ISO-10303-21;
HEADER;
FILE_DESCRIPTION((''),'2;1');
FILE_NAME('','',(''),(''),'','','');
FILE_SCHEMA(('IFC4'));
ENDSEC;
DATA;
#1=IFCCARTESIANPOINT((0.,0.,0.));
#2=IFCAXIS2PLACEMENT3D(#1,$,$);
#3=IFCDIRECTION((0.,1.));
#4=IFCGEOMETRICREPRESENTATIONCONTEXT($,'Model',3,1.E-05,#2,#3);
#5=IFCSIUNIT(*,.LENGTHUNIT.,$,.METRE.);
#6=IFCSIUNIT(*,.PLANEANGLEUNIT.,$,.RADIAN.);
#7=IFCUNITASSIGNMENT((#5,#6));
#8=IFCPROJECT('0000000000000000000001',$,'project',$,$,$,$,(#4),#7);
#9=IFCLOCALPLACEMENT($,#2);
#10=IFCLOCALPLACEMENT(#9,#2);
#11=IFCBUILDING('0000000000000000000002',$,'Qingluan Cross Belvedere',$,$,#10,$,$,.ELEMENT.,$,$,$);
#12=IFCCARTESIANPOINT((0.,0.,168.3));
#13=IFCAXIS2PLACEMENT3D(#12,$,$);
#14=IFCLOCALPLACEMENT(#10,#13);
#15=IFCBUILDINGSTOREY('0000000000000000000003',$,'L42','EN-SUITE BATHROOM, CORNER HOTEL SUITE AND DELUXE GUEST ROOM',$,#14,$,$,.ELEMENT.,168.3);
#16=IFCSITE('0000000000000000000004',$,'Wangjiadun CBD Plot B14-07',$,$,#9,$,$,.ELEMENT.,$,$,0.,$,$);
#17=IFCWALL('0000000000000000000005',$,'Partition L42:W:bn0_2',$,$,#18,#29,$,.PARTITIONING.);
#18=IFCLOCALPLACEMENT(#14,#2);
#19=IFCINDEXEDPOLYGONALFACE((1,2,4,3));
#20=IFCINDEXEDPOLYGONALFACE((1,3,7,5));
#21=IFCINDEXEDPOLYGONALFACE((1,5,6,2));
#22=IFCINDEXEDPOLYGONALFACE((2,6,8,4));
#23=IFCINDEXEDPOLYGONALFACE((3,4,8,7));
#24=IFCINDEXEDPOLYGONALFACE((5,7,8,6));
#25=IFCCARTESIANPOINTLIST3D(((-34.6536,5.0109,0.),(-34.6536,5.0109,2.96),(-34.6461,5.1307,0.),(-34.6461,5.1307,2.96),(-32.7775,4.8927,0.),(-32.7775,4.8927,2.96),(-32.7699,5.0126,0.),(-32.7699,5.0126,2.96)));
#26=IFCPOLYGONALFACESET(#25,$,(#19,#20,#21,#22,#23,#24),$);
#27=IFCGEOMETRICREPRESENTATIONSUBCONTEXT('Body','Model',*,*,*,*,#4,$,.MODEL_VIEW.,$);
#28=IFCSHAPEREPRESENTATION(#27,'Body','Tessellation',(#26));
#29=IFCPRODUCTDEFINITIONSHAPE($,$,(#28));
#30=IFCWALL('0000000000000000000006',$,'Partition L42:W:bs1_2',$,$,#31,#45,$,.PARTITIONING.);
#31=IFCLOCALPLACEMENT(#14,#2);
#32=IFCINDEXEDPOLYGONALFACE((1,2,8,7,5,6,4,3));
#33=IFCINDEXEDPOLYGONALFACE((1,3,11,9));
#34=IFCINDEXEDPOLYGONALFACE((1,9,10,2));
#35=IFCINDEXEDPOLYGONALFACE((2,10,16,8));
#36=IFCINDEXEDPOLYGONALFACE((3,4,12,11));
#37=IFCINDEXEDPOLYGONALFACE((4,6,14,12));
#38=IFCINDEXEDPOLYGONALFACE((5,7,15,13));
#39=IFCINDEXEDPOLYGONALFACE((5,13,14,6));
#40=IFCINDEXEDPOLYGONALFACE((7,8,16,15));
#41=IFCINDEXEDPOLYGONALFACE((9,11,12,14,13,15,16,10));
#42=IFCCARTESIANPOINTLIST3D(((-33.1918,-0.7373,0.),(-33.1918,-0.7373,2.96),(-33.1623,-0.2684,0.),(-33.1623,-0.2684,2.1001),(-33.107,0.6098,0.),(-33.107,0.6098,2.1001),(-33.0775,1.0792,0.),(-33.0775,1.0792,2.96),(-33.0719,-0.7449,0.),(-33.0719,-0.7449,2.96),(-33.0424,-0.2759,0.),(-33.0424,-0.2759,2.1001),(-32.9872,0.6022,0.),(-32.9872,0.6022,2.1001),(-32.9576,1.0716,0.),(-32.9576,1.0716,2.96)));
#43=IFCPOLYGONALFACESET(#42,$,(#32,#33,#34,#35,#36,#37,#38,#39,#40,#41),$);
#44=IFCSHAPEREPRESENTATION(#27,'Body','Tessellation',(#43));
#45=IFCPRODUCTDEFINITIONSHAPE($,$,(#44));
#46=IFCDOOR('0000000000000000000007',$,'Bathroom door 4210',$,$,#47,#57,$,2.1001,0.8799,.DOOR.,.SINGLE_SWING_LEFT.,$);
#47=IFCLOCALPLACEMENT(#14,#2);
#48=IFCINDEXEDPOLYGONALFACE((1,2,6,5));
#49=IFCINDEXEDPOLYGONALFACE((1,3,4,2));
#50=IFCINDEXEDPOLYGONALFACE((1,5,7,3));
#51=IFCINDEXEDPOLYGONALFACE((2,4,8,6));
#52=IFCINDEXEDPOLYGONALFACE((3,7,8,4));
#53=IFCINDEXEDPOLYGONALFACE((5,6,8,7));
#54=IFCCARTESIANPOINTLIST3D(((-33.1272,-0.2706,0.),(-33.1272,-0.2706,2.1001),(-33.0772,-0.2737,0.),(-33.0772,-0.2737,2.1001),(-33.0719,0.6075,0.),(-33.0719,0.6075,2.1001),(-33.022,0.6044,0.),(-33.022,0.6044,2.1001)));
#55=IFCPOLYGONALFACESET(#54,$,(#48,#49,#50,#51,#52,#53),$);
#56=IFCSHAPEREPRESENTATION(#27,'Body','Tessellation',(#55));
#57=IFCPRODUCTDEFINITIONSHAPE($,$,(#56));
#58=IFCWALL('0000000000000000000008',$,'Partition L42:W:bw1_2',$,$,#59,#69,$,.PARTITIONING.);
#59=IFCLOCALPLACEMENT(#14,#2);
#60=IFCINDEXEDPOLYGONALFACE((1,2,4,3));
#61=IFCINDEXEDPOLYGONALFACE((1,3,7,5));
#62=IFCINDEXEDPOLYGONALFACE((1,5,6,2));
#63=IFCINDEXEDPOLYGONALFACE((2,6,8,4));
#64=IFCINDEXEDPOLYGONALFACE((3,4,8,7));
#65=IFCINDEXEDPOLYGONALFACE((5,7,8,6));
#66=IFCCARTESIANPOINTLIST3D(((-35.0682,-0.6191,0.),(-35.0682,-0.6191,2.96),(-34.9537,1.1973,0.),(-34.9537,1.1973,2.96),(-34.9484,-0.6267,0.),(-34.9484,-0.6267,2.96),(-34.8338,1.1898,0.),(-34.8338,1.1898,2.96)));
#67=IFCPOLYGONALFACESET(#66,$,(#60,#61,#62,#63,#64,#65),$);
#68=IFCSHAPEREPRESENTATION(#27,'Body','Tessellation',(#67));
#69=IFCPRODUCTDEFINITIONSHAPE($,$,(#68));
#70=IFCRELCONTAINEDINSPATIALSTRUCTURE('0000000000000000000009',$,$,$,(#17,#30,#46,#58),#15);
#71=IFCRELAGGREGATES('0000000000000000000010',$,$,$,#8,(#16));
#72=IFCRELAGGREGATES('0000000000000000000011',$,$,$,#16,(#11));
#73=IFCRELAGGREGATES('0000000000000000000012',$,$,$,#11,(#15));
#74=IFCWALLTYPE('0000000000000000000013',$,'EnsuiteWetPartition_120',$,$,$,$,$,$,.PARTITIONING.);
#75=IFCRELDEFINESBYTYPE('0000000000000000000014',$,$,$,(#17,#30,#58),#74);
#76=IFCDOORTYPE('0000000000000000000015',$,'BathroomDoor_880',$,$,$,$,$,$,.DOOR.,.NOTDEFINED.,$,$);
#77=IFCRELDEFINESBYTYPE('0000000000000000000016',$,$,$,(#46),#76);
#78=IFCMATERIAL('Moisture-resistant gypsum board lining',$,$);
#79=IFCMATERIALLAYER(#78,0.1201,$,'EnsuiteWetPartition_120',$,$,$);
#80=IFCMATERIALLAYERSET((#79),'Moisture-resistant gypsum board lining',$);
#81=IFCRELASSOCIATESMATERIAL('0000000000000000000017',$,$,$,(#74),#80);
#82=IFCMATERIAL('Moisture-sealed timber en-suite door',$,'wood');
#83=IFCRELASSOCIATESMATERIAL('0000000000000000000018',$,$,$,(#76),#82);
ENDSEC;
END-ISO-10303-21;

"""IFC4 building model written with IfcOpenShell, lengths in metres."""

from ifc_helpers import new_model, si_unit, direction, frame, frame_2d, origin, place, context, subcontext, project, spatial, rectangle, extrude, material, layer, layer_set, type_object, element, fill, save


model = new_model("IFC4")

# Units and contexts
model_context = context("Model", 3, precision=1e-05, world=origin(), true_north=direction((0.0, 1.0)))
body_context = subcontext(model_context, "Body", "Model", "MODEL_VIEW")
ifc_project = project(units=[si_unit("LENGTHUNIT", "METRE"), si_unit("PLANEANGLEUNIT", "RADIAN")], contexts=[model_context])

# Site, building, storey
site_placement = place(None, origin())
site = spatial("IfcSite", under=ifc_project, at=site_placement, Name="Wangjiadun CBD Plot B14-07", CompositionType="ELEMENT", RefElevation=0.0)
building_placement = place(site_placement, origin())
building = spatial("IfcBuilding", under=site, at=building_placement, Name="Qingluan Cross Belvedere", CompositionType="ELEMENT")
storey_placement = place(building_placement, frame((0.0, 0.0, 168.3)))
storey = spatial("IfcBuildingStorey", under=building, at=storey_placement, Name="L42", Description="EN-SUITE BATHROOM, CORNER HOTEL SUITE AND DELUXE GUEST ROOM", CompositionType="ELEMENT", Elevation=168.3)

# Shared definitions
ifc_material_1 = material(Name="Moisture-resistant gypsum board lining")
ifc_layer_1 = layer(ifc_material_1, 0.1201, Name="EnsuiteWetPartition_120")
ifc_layer_set_1 = layer_set([ifc_layer_1], Name="Moisture-resistant gypsum board lining")
wall_type_1 = type_object("IfcWallType", Name="EnsuiteWetPartition_120", PredefinedType="PARTITIONING", material=ifc_layer_set_1)
ifc_material_2 = material(Name="Moisture-sealed timber en-suite door", Category="wood")
door_type_1 = type_object("IfcDoorType", Name="BathroomDoor_880", OperationType="NOTDEFINED", PredefinedType="DOOR", material=ifc_material_2)

# Wall
wall_1_placement = place(storey_placement, frame((-32.7737, 4.9526, 0.0), z_axis=(0.0, 0.0, 1.0), x_axis=(-0.998023, 0.062855, 0.0)))
element("IfcWall", 1, at=wall_1_placement, inside=storey, type_object=wall_type_1, Name="Partition L42:W:bn0_2", PredefinedType="PARTITIONING", context=body_context, shape_type="SweptSolid", body=[
    extrude(rectangle(XDim=1.8799, YDim=0.1201, at=frame_2d((0.9399, 0.0))), origin(), (0.0, 0.0, 1.0), 2.96),
])

# Wall, opening, door
wall_2_placement = place(storey_placement, frame((-33.1318, -0.7412, 0.0), z_axis=(0.0, 0.0, 1.0), x_axis=(0.062779, 0.998027, 0.0)))
wall_2 = element("IfcWall", 2, at=wall_2_placement, inside=storey, type_object=wall_type_1, Name="Partition L42:W:bs1_2", PredefinedType="PARTITIONING", context=body_context, shape_type="SweptSolid", body=[
    extrude(rectangle(XDim=1.8201, YDim=0.1201, at=frame_2d((0.9102, 0.0))), origin(), (0.0, 0.0, 1.0), 2.96),
])
opening_1_placement = place(wall_2_placement, frame((0.47, 0.0, 0.0)))
opening_1 = element("IfcOpeningElement", 3, at=opening_1_placement, cuts=wall_2, PredefinedType="OPENING", context=body_context, shape_type="SweptSolid", body=[
    extrude(rectangle(XDim=0.8799, YDim=2.1001, at=frame_2d((0.4399, 1.05))), frame((0.0, 0.0701, 0.0), z_axis=(0.0, -1.0, 0.0), x_axis=(1.0, 0.0, 0.0)), (0.0, 0.0, 1.0), 0.1401),
])
door_1_placement = place(opening_1_placement, origin())
door_1 = element("IfcDoor", 4, at=door_1_placement, inside=storey, type_object=door_type_1, Name="Bathroom door 4210", OperationType="SINGLE_SWING_LEFT", OverallHeight=2.1001, OverallWidth=0.8799, PredefinedType="DOOR", context=body_context, shape_type="SweptSolid", body=[
    extrude(rectangle(XDim=0.8799, YDim=2.1001, at=frame_2d((0.4399, 1.05))), frame((0.0, 0.0249, 0.0), z_axis=(0.0, -1.0, 0.0), x_axis=(1.0, 0.0, 0.0)), (0.0, 0.0, 1.0), 0.05),
])
fill(opening_1, door_1)

# Wall
wall_3_placement = place(storey_placement, frame((-35.0083, -0.623, 0.0), z_axis=(0.0, 0.0, 1.0), x_axis=(0.062913, 0.998019, 0.0)))
element("IfcWall", 5, at=wall_3_placement, inside=storey, type_object=wall_type_1, Name="Partition L42:W:bw1_2", PredefinedType="PARTITIONING", context=body_context, shape_type="SweptSolid", body=[
    extrude(rectangle(XDim=1.8201, YDim=0.1201, at=frame_2d((0.9102, 0.0))), origin(), (0.0, 0.0, 1.0), 2.96),
])

save(model, "model.ifc")
